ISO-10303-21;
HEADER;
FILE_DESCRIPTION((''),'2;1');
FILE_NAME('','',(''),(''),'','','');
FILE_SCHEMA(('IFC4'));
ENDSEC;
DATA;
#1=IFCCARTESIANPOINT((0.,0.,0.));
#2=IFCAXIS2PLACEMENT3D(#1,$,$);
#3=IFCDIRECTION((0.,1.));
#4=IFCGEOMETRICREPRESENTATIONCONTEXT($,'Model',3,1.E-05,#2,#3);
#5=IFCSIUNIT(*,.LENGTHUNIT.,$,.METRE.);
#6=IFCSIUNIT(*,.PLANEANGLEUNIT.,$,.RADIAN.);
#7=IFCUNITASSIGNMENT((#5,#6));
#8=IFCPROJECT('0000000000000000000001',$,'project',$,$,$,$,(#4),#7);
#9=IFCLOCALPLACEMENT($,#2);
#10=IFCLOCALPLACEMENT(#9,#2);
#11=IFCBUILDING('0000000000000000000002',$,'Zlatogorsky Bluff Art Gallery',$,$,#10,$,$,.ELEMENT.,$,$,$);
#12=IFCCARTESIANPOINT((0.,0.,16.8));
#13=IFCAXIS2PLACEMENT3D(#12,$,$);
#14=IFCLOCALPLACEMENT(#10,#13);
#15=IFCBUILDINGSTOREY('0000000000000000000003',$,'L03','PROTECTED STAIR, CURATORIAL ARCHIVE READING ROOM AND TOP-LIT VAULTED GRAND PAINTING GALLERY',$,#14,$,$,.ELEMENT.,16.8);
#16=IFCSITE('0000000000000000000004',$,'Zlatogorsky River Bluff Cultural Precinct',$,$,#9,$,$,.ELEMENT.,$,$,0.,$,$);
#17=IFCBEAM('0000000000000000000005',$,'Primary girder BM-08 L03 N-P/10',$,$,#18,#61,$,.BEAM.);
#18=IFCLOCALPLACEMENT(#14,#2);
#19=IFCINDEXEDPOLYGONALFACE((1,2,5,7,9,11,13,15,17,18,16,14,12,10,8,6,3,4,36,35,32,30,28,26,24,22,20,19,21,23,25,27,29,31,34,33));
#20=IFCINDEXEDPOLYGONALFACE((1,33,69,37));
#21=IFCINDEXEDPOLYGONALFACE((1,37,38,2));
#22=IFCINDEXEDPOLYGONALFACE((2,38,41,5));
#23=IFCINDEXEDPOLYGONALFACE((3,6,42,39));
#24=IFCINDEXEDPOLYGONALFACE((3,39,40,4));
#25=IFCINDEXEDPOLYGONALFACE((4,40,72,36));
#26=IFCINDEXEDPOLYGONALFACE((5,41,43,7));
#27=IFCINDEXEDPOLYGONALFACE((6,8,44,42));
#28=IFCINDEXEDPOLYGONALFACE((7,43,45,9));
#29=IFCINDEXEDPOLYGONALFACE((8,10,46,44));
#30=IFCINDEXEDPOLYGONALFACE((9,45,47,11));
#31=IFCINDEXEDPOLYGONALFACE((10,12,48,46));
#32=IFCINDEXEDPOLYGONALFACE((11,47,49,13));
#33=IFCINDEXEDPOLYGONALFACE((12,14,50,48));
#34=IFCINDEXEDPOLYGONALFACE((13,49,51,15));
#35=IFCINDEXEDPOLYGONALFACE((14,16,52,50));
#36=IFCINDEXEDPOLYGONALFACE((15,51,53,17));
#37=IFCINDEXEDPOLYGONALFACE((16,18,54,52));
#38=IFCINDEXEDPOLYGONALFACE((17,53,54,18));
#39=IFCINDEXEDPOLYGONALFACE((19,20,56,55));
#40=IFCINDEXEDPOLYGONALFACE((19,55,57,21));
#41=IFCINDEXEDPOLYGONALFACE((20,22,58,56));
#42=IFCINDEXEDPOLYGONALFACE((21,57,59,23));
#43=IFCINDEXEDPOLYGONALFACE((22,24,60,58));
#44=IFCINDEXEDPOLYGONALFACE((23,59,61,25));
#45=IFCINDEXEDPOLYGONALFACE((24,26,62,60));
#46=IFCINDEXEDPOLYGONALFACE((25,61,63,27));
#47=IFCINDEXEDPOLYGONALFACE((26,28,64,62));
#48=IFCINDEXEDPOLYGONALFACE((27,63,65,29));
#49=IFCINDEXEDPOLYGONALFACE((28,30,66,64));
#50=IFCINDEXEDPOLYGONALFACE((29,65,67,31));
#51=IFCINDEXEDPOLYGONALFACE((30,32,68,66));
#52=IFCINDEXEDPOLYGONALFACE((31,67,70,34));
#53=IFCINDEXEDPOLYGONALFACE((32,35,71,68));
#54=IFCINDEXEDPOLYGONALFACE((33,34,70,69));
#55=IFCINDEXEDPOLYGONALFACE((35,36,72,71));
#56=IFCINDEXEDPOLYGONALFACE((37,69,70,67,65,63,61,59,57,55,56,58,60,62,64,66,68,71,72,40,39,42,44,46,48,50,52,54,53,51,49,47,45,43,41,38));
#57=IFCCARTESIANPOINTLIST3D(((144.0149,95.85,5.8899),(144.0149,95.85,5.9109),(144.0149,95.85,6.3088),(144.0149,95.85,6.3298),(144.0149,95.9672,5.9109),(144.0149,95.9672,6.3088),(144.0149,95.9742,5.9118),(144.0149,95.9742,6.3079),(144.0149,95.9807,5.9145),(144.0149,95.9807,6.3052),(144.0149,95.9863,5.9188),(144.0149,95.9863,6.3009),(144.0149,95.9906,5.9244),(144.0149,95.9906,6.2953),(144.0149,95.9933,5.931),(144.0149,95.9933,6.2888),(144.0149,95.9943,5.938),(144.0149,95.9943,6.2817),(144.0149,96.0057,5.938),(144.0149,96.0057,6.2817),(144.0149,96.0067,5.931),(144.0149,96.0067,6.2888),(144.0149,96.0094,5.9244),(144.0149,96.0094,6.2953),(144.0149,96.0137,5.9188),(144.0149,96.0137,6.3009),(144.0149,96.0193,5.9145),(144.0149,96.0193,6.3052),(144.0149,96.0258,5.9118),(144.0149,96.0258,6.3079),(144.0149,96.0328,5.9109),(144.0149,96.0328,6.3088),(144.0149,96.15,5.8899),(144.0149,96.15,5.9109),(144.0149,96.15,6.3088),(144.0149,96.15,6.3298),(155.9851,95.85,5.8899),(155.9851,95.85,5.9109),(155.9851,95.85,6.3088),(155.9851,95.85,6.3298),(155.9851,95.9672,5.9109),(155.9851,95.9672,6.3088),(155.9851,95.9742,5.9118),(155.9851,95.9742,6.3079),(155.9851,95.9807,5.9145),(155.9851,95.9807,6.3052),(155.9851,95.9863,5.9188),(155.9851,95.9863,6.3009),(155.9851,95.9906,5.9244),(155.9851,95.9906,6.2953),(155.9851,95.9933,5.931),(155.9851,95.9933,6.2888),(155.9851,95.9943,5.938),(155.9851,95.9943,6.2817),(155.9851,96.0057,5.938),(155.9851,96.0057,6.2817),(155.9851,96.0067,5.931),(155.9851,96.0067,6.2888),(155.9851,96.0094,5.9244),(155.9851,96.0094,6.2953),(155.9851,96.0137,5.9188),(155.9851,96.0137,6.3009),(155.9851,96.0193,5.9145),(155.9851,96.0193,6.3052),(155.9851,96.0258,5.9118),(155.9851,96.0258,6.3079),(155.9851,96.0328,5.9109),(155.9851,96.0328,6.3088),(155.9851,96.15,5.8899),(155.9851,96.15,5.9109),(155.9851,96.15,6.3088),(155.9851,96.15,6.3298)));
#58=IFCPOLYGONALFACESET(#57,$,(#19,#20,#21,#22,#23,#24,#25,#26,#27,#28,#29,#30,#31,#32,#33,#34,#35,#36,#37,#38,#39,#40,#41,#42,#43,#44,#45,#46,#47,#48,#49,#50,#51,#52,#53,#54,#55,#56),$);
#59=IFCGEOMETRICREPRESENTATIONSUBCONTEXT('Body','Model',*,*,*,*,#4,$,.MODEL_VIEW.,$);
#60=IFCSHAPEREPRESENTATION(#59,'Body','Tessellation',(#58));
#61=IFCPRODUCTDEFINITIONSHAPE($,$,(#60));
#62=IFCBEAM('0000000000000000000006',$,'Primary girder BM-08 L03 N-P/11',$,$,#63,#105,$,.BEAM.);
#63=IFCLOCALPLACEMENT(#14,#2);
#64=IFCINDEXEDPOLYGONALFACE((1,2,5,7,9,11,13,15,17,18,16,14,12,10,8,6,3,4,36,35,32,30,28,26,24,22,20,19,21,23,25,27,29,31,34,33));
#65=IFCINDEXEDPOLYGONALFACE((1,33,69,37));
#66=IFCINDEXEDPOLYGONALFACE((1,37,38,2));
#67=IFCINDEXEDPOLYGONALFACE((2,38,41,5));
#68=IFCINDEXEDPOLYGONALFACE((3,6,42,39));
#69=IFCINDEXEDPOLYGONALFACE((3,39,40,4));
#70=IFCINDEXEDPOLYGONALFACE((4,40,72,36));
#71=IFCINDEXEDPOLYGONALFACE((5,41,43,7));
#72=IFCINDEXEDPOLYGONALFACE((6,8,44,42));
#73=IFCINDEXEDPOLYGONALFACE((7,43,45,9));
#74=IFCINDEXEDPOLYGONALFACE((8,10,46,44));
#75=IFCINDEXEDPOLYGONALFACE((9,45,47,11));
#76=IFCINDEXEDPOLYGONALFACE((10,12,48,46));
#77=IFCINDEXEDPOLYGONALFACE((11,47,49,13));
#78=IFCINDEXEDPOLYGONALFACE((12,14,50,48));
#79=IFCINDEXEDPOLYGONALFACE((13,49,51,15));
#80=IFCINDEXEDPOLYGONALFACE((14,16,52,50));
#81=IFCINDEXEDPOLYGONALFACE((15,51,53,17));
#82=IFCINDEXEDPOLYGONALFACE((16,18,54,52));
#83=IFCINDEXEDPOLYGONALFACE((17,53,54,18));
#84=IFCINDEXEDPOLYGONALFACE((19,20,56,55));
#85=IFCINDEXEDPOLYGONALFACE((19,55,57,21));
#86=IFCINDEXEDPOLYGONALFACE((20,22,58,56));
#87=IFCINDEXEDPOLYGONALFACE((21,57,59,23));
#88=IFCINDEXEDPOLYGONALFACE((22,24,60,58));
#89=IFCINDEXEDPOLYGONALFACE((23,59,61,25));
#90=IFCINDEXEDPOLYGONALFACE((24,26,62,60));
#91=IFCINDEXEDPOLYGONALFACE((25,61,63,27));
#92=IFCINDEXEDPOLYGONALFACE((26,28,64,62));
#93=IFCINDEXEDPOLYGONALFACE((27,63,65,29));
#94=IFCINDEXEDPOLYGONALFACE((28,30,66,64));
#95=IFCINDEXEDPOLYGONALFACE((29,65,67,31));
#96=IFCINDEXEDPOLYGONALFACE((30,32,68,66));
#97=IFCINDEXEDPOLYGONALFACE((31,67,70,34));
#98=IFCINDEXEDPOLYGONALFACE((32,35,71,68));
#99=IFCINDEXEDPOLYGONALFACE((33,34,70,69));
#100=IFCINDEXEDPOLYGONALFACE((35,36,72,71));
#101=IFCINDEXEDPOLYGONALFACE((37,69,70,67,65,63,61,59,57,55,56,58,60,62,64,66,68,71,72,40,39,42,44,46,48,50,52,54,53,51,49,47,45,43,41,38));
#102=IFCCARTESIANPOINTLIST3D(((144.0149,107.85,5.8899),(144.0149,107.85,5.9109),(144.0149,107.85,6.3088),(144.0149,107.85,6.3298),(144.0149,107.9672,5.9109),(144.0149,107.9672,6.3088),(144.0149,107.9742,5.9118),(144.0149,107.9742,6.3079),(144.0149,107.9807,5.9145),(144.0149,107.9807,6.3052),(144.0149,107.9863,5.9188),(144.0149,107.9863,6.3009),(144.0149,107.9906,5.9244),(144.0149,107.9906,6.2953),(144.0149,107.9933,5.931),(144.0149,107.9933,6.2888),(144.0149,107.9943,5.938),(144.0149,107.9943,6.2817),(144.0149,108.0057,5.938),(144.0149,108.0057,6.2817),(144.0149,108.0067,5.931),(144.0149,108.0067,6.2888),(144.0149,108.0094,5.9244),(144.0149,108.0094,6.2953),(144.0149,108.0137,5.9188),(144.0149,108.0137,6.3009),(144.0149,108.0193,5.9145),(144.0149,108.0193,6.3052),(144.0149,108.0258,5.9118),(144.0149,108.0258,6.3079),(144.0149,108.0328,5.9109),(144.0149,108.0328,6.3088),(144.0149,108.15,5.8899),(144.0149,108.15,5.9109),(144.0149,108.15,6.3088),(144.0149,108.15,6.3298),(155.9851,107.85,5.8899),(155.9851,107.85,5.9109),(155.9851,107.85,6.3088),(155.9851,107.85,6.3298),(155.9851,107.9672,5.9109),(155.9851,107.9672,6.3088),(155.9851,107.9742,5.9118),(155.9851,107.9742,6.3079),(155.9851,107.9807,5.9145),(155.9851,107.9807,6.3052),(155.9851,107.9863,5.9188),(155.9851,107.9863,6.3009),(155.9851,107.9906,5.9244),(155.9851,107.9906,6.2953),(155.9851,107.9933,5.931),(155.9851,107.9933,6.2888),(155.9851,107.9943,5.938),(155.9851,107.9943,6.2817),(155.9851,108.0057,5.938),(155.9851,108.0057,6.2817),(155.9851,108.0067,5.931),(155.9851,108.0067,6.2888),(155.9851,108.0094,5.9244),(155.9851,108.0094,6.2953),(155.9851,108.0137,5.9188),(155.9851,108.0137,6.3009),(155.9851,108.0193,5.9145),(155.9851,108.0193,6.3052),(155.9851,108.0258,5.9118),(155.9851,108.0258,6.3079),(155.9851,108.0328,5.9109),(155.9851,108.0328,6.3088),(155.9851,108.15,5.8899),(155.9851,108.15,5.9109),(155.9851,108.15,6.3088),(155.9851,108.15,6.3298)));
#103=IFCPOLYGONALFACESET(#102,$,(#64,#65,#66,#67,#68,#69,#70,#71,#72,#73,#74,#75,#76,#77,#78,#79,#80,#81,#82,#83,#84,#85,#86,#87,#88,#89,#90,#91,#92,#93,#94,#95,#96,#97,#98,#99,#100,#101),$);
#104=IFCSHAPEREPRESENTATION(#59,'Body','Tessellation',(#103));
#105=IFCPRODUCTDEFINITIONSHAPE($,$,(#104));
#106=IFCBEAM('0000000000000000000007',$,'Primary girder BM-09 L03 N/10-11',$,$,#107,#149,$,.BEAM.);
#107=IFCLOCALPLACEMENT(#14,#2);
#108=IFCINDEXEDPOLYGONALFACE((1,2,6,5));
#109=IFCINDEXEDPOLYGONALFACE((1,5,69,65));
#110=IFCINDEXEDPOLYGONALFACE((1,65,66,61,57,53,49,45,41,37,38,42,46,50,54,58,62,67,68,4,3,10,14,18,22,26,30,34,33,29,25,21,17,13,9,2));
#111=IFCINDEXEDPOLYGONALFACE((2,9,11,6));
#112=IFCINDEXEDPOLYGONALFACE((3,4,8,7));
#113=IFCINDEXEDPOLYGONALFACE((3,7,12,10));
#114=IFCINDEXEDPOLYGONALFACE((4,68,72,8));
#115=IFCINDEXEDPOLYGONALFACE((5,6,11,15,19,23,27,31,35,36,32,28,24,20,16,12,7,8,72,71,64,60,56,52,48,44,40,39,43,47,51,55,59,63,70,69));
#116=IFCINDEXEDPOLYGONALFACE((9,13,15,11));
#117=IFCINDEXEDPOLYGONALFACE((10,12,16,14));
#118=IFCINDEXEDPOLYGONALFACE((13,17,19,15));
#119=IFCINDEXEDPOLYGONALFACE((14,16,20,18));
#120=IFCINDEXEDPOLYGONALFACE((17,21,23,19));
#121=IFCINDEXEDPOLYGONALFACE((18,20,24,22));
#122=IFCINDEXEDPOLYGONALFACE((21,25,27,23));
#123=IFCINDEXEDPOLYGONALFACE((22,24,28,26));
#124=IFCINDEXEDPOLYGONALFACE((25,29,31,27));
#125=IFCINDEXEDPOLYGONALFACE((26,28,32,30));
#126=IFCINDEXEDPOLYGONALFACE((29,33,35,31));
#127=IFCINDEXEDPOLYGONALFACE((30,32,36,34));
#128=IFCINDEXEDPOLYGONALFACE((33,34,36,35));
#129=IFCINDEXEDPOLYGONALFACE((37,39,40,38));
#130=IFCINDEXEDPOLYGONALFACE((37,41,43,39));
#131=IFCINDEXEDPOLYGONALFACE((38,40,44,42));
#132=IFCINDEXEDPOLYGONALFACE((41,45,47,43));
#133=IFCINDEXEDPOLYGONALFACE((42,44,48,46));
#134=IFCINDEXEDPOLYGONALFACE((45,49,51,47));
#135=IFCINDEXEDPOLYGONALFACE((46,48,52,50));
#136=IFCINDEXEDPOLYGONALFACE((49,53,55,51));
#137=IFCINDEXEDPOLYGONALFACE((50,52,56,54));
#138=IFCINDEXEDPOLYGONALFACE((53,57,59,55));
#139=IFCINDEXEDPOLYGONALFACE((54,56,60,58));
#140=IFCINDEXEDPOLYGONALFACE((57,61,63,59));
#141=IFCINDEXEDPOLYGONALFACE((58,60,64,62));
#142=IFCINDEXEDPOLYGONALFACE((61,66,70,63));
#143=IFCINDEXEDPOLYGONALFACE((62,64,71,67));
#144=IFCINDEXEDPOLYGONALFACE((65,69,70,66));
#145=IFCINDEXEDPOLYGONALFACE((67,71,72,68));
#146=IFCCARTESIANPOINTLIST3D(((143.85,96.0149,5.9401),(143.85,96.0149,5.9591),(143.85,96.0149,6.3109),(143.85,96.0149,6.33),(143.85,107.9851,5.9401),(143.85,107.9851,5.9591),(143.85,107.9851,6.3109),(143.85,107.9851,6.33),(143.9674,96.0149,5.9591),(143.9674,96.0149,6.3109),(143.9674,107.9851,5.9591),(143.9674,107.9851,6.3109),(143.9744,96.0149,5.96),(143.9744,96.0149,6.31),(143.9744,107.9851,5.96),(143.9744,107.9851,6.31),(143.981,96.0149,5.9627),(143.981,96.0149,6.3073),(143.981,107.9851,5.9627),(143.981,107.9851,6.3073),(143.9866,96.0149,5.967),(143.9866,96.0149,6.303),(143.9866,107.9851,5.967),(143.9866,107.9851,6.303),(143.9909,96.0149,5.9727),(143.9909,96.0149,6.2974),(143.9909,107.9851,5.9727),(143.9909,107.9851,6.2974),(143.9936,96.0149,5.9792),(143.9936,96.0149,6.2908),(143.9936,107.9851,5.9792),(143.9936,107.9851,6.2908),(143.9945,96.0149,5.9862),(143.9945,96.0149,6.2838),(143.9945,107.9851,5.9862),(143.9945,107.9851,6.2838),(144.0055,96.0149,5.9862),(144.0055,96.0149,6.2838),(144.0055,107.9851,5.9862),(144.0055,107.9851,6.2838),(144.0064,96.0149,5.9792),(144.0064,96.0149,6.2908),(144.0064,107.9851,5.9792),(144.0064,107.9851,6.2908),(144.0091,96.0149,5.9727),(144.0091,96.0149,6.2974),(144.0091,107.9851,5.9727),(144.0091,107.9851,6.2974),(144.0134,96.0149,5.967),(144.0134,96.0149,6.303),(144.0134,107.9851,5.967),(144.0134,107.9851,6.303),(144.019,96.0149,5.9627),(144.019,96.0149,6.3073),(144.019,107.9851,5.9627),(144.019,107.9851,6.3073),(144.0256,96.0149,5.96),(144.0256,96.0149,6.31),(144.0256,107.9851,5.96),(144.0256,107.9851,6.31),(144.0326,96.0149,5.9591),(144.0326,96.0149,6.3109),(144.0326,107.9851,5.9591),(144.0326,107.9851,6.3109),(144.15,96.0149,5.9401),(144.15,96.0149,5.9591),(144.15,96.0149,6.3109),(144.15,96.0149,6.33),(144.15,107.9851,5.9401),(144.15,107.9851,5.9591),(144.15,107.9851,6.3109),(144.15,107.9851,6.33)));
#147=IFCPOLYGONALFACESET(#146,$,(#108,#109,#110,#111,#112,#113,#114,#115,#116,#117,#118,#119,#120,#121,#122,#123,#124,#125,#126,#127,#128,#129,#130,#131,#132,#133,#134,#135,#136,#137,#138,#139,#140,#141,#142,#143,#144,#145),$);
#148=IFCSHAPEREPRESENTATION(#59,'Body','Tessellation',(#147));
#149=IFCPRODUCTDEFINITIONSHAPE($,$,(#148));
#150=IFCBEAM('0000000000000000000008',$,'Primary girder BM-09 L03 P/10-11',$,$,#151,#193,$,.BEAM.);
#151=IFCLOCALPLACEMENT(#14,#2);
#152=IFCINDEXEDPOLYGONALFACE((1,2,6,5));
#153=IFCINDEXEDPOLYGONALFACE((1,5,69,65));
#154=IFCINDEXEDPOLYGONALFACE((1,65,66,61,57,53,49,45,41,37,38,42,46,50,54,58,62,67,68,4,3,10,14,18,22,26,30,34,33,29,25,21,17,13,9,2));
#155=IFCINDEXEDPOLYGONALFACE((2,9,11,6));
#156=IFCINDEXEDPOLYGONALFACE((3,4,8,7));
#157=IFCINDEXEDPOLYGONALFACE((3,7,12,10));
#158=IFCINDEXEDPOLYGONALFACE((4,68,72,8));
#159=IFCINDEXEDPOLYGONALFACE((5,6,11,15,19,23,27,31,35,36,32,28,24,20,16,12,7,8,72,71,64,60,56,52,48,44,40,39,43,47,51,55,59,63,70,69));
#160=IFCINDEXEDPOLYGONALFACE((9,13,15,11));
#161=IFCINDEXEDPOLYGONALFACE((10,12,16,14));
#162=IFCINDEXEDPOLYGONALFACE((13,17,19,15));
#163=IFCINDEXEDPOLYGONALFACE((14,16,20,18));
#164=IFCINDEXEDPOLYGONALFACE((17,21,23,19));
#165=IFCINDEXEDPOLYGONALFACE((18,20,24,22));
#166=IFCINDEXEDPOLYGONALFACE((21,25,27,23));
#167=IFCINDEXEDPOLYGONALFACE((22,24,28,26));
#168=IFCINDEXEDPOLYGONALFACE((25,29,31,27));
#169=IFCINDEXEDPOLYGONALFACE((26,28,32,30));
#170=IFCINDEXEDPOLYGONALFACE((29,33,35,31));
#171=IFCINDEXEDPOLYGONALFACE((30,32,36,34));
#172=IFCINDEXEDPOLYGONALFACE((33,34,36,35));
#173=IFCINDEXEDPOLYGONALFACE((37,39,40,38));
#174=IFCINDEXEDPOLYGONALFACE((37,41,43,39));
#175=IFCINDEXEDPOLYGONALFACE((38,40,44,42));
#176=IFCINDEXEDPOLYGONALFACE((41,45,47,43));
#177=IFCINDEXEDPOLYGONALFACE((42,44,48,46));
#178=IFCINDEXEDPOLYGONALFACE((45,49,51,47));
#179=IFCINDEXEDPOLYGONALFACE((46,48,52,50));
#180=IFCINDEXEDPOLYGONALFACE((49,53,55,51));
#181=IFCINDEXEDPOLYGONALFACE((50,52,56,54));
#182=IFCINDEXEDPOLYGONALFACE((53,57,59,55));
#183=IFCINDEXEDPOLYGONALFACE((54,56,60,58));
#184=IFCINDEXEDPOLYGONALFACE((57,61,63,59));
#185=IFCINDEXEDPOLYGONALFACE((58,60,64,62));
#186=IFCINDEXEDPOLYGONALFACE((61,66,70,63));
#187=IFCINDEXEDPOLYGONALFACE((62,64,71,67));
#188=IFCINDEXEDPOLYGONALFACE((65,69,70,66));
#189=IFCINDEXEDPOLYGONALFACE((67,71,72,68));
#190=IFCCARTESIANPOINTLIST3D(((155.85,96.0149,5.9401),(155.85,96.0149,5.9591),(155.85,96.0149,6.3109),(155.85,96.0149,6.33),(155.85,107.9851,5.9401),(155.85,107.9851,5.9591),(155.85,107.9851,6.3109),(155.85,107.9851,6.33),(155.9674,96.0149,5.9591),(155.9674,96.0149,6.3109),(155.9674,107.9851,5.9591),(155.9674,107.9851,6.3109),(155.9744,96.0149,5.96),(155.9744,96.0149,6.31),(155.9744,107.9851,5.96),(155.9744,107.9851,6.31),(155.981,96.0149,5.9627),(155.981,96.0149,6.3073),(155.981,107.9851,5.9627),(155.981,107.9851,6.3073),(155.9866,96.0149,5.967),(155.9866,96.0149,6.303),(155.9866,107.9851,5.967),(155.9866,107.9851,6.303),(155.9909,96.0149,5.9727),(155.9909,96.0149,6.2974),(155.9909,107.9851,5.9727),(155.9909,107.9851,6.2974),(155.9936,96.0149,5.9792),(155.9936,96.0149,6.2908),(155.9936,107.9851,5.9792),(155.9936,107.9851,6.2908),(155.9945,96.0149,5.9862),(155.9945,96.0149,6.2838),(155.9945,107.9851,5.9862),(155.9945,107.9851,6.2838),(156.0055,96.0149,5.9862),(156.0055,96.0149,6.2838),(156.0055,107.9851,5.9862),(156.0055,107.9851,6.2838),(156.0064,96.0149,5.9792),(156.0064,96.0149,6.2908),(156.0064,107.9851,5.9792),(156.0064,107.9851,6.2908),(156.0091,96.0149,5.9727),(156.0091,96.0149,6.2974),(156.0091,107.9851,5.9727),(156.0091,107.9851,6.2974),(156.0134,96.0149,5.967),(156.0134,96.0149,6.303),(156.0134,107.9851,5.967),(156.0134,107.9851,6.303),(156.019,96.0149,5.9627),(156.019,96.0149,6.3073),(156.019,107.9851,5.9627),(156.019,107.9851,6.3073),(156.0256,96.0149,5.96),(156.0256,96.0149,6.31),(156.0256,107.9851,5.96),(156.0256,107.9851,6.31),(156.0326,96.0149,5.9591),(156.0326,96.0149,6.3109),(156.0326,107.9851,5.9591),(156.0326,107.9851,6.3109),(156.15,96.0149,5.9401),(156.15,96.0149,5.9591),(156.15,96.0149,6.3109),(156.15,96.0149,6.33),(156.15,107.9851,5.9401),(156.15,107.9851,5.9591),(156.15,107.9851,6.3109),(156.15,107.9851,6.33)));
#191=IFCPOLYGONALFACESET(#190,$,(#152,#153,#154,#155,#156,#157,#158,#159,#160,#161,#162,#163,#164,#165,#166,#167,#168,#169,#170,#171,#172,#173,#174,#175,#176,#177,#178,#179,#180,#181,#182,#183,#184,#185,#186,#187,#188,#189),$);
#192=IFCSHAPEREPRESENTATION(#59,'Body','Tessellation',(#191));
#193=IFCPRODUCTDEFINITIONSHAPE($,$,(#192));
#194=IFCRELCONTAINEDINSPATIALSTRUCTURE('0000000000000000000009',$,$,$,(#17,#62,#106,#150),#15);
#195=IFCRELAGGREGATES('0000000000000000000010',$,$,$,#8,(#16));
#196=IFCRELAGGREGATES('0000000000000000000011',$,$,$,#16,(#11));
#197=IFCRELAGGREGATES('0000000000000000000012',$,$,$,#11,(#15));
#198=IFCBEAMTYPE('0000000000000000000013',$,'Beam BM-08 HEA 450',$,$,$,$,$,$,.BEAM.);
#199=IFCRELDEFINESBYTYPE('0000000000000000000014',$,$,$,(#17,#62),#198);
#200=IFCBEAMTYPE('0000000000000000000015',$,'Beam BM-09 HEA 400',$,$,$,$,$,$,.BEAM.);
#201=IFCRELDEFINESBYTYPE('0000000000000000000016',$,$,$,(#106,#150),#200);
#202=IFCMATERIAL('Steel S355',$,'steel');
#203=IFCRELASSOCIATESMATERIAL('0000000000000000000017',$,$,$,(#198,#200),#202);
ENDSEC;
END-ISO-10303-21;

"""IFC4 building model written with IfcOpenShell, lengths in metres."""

from ifc_helpers import new_model, si_unit, direction, frame, origin, origin_2d, place, context, subcontext, project, spatial, i_section, extrude, material, material_profile, profile_set, type_object, element, save


model = new_model("IFC4")

# Units and contexts
model_context = context("Model", 3, precision=1e-05, world=origin(), true_north=direction((0.0, 1.0)))
body_context = subcontext(model_context, "Body", "Model", "MODEL_VIEW")
ifc_project = project(units=[si_unit("LENGTHUNIT", "METRE"), si_unit("PLANEANGLEUNIT", "RADIAN")], contexts=[model_context])

# Site, building, storey
site_placement = place(None, origin())
site = spatial("IfcSite", under=ifc_project, at=site_placement, Name="Zlatogorsky River Bluff Cultural Precinct", CompositionType="ELEMENT", RefElevation=0.0)
building_placement = place(site_placement, origin())
building = spatial("IfcBuilding", under=site, at=building_placement, Name="Zlatogorsky Bluff Art Gallery", CompositionType="ELEMENT")
storey_placement = place(building_placement, frame((0.0, 0.0, 16.8)))
storey = spatial("IfcBuildingStorey", under=building, at=storey_placement, Name="L03", Description="PROTECTED STAIR, CURATORIAL ARCHIVE READING ROOM AND TOP-LIT VAULTED GRAND PAINTING GALLERY", CompositionType="ELEMENT", Elevation=16.8)

# Shared definitions
ifc_material_1 = material(Name="Steel S355", Category="steel")

# Beams
ifc_material_profile_1 = material_profile(ifc_material_1, i_section(OverallWidth=0.3, OverallDepth=0.4399, WebThickness=0.0115, FlangeThickness=0.021, FilletRadius=0.0271, at=origin_2d()), Name="HEA 450")
ifc_profile_set_1 = profile_set([ifc_material_profile_1], Name="Steel S355")
beam_type_1 = type_object("IfcBeamType", Name="Beam BM-08 HEA 450", PredefinedType="BEAM", material=ifc_profile_set_1)
for number, where, z_axis, x_axis, name in (
    (1, (144.0149, 96.0, 6.1099), (1.0, 0.0, 0.0), (0.0, 1.0, 0.0), "Primary girder BM-08 L03 N-P/10"),
    (2, (144.0149, 108.0, 6.1099), (1.0, 0.0, 0.0), (0.0, 1.0, 0.0), "Primary girder BM-08 L03 N-P/11"),
):
    element("IfcBeam", number, at=place(storey_placement, frame(where, z_axis=z_axis, x_axis=x_axis)), inside=storey, type_object=beam_type_1, Name=name, PredefinedType="BEAM", context=body_context, shape_type="SweptSolid", body=[
        extrude(i_section(OverallWidth=0.3, OverallDepth=0.4399, WebThickness=0.0115, FlangeThickness=0.021, FilletRadius=0.0271, at=origin_2d()), origin(), (0.0, 0.0, 1.0), 11.9702),
    ])
ifc_material_profile_2 = material_profile(ifc_material_1, i_section(OverallWidth=0.3, OverallDepth=0.3899, WebThickness=0.011, FlangeThickness=0.019, FilletRadius=0.0271, at=origin_2d()), Name="HEA 400")
ifc_profile_set_2 = profile_set([ifc_material_profile_2], Name="Steel S355")
beam_type_2 = type_object("IfcBeamType", Name="Beam BM-09 HEA 400", PredefinedType="BEAM", material=ifc_profile_set_2)
for number, where, z_axis, x_axis, name in (
    (3, (144.0, 96.0149, 6.135), (0.0, 1.0, 0.0), (-1.0, 0.0, 0.0), "Primary girder BM-09 L03 N/10-11"),
    (4, (156.0, 96.0149, 6.135), (0.0, 1.0, 0.0), (-1.0, 0.0, 0.0), "Primary girder BM-09 L03 P/10-11"),
):
    element("IfcBeam", number, at=place(storey_placement, frame(where, z_axis=z_axis, x_axis=x_axis)), inside=storey, type_object=beam_type_2, Name=name, PredefinedType="BEAM", context=body_context, shape_type="SweptSolid", body=[
        extrude(i_section(OverallWidth=0.3, OverallDepth=0.3899, WebThickness=0.011, FlangeThickness=0.019, FilletRadius=0.0271, at=origin_2d()), origin(), (0.0, 0.0, 1.0), 11.9702),
    ])

save(model, "model.ifc")
